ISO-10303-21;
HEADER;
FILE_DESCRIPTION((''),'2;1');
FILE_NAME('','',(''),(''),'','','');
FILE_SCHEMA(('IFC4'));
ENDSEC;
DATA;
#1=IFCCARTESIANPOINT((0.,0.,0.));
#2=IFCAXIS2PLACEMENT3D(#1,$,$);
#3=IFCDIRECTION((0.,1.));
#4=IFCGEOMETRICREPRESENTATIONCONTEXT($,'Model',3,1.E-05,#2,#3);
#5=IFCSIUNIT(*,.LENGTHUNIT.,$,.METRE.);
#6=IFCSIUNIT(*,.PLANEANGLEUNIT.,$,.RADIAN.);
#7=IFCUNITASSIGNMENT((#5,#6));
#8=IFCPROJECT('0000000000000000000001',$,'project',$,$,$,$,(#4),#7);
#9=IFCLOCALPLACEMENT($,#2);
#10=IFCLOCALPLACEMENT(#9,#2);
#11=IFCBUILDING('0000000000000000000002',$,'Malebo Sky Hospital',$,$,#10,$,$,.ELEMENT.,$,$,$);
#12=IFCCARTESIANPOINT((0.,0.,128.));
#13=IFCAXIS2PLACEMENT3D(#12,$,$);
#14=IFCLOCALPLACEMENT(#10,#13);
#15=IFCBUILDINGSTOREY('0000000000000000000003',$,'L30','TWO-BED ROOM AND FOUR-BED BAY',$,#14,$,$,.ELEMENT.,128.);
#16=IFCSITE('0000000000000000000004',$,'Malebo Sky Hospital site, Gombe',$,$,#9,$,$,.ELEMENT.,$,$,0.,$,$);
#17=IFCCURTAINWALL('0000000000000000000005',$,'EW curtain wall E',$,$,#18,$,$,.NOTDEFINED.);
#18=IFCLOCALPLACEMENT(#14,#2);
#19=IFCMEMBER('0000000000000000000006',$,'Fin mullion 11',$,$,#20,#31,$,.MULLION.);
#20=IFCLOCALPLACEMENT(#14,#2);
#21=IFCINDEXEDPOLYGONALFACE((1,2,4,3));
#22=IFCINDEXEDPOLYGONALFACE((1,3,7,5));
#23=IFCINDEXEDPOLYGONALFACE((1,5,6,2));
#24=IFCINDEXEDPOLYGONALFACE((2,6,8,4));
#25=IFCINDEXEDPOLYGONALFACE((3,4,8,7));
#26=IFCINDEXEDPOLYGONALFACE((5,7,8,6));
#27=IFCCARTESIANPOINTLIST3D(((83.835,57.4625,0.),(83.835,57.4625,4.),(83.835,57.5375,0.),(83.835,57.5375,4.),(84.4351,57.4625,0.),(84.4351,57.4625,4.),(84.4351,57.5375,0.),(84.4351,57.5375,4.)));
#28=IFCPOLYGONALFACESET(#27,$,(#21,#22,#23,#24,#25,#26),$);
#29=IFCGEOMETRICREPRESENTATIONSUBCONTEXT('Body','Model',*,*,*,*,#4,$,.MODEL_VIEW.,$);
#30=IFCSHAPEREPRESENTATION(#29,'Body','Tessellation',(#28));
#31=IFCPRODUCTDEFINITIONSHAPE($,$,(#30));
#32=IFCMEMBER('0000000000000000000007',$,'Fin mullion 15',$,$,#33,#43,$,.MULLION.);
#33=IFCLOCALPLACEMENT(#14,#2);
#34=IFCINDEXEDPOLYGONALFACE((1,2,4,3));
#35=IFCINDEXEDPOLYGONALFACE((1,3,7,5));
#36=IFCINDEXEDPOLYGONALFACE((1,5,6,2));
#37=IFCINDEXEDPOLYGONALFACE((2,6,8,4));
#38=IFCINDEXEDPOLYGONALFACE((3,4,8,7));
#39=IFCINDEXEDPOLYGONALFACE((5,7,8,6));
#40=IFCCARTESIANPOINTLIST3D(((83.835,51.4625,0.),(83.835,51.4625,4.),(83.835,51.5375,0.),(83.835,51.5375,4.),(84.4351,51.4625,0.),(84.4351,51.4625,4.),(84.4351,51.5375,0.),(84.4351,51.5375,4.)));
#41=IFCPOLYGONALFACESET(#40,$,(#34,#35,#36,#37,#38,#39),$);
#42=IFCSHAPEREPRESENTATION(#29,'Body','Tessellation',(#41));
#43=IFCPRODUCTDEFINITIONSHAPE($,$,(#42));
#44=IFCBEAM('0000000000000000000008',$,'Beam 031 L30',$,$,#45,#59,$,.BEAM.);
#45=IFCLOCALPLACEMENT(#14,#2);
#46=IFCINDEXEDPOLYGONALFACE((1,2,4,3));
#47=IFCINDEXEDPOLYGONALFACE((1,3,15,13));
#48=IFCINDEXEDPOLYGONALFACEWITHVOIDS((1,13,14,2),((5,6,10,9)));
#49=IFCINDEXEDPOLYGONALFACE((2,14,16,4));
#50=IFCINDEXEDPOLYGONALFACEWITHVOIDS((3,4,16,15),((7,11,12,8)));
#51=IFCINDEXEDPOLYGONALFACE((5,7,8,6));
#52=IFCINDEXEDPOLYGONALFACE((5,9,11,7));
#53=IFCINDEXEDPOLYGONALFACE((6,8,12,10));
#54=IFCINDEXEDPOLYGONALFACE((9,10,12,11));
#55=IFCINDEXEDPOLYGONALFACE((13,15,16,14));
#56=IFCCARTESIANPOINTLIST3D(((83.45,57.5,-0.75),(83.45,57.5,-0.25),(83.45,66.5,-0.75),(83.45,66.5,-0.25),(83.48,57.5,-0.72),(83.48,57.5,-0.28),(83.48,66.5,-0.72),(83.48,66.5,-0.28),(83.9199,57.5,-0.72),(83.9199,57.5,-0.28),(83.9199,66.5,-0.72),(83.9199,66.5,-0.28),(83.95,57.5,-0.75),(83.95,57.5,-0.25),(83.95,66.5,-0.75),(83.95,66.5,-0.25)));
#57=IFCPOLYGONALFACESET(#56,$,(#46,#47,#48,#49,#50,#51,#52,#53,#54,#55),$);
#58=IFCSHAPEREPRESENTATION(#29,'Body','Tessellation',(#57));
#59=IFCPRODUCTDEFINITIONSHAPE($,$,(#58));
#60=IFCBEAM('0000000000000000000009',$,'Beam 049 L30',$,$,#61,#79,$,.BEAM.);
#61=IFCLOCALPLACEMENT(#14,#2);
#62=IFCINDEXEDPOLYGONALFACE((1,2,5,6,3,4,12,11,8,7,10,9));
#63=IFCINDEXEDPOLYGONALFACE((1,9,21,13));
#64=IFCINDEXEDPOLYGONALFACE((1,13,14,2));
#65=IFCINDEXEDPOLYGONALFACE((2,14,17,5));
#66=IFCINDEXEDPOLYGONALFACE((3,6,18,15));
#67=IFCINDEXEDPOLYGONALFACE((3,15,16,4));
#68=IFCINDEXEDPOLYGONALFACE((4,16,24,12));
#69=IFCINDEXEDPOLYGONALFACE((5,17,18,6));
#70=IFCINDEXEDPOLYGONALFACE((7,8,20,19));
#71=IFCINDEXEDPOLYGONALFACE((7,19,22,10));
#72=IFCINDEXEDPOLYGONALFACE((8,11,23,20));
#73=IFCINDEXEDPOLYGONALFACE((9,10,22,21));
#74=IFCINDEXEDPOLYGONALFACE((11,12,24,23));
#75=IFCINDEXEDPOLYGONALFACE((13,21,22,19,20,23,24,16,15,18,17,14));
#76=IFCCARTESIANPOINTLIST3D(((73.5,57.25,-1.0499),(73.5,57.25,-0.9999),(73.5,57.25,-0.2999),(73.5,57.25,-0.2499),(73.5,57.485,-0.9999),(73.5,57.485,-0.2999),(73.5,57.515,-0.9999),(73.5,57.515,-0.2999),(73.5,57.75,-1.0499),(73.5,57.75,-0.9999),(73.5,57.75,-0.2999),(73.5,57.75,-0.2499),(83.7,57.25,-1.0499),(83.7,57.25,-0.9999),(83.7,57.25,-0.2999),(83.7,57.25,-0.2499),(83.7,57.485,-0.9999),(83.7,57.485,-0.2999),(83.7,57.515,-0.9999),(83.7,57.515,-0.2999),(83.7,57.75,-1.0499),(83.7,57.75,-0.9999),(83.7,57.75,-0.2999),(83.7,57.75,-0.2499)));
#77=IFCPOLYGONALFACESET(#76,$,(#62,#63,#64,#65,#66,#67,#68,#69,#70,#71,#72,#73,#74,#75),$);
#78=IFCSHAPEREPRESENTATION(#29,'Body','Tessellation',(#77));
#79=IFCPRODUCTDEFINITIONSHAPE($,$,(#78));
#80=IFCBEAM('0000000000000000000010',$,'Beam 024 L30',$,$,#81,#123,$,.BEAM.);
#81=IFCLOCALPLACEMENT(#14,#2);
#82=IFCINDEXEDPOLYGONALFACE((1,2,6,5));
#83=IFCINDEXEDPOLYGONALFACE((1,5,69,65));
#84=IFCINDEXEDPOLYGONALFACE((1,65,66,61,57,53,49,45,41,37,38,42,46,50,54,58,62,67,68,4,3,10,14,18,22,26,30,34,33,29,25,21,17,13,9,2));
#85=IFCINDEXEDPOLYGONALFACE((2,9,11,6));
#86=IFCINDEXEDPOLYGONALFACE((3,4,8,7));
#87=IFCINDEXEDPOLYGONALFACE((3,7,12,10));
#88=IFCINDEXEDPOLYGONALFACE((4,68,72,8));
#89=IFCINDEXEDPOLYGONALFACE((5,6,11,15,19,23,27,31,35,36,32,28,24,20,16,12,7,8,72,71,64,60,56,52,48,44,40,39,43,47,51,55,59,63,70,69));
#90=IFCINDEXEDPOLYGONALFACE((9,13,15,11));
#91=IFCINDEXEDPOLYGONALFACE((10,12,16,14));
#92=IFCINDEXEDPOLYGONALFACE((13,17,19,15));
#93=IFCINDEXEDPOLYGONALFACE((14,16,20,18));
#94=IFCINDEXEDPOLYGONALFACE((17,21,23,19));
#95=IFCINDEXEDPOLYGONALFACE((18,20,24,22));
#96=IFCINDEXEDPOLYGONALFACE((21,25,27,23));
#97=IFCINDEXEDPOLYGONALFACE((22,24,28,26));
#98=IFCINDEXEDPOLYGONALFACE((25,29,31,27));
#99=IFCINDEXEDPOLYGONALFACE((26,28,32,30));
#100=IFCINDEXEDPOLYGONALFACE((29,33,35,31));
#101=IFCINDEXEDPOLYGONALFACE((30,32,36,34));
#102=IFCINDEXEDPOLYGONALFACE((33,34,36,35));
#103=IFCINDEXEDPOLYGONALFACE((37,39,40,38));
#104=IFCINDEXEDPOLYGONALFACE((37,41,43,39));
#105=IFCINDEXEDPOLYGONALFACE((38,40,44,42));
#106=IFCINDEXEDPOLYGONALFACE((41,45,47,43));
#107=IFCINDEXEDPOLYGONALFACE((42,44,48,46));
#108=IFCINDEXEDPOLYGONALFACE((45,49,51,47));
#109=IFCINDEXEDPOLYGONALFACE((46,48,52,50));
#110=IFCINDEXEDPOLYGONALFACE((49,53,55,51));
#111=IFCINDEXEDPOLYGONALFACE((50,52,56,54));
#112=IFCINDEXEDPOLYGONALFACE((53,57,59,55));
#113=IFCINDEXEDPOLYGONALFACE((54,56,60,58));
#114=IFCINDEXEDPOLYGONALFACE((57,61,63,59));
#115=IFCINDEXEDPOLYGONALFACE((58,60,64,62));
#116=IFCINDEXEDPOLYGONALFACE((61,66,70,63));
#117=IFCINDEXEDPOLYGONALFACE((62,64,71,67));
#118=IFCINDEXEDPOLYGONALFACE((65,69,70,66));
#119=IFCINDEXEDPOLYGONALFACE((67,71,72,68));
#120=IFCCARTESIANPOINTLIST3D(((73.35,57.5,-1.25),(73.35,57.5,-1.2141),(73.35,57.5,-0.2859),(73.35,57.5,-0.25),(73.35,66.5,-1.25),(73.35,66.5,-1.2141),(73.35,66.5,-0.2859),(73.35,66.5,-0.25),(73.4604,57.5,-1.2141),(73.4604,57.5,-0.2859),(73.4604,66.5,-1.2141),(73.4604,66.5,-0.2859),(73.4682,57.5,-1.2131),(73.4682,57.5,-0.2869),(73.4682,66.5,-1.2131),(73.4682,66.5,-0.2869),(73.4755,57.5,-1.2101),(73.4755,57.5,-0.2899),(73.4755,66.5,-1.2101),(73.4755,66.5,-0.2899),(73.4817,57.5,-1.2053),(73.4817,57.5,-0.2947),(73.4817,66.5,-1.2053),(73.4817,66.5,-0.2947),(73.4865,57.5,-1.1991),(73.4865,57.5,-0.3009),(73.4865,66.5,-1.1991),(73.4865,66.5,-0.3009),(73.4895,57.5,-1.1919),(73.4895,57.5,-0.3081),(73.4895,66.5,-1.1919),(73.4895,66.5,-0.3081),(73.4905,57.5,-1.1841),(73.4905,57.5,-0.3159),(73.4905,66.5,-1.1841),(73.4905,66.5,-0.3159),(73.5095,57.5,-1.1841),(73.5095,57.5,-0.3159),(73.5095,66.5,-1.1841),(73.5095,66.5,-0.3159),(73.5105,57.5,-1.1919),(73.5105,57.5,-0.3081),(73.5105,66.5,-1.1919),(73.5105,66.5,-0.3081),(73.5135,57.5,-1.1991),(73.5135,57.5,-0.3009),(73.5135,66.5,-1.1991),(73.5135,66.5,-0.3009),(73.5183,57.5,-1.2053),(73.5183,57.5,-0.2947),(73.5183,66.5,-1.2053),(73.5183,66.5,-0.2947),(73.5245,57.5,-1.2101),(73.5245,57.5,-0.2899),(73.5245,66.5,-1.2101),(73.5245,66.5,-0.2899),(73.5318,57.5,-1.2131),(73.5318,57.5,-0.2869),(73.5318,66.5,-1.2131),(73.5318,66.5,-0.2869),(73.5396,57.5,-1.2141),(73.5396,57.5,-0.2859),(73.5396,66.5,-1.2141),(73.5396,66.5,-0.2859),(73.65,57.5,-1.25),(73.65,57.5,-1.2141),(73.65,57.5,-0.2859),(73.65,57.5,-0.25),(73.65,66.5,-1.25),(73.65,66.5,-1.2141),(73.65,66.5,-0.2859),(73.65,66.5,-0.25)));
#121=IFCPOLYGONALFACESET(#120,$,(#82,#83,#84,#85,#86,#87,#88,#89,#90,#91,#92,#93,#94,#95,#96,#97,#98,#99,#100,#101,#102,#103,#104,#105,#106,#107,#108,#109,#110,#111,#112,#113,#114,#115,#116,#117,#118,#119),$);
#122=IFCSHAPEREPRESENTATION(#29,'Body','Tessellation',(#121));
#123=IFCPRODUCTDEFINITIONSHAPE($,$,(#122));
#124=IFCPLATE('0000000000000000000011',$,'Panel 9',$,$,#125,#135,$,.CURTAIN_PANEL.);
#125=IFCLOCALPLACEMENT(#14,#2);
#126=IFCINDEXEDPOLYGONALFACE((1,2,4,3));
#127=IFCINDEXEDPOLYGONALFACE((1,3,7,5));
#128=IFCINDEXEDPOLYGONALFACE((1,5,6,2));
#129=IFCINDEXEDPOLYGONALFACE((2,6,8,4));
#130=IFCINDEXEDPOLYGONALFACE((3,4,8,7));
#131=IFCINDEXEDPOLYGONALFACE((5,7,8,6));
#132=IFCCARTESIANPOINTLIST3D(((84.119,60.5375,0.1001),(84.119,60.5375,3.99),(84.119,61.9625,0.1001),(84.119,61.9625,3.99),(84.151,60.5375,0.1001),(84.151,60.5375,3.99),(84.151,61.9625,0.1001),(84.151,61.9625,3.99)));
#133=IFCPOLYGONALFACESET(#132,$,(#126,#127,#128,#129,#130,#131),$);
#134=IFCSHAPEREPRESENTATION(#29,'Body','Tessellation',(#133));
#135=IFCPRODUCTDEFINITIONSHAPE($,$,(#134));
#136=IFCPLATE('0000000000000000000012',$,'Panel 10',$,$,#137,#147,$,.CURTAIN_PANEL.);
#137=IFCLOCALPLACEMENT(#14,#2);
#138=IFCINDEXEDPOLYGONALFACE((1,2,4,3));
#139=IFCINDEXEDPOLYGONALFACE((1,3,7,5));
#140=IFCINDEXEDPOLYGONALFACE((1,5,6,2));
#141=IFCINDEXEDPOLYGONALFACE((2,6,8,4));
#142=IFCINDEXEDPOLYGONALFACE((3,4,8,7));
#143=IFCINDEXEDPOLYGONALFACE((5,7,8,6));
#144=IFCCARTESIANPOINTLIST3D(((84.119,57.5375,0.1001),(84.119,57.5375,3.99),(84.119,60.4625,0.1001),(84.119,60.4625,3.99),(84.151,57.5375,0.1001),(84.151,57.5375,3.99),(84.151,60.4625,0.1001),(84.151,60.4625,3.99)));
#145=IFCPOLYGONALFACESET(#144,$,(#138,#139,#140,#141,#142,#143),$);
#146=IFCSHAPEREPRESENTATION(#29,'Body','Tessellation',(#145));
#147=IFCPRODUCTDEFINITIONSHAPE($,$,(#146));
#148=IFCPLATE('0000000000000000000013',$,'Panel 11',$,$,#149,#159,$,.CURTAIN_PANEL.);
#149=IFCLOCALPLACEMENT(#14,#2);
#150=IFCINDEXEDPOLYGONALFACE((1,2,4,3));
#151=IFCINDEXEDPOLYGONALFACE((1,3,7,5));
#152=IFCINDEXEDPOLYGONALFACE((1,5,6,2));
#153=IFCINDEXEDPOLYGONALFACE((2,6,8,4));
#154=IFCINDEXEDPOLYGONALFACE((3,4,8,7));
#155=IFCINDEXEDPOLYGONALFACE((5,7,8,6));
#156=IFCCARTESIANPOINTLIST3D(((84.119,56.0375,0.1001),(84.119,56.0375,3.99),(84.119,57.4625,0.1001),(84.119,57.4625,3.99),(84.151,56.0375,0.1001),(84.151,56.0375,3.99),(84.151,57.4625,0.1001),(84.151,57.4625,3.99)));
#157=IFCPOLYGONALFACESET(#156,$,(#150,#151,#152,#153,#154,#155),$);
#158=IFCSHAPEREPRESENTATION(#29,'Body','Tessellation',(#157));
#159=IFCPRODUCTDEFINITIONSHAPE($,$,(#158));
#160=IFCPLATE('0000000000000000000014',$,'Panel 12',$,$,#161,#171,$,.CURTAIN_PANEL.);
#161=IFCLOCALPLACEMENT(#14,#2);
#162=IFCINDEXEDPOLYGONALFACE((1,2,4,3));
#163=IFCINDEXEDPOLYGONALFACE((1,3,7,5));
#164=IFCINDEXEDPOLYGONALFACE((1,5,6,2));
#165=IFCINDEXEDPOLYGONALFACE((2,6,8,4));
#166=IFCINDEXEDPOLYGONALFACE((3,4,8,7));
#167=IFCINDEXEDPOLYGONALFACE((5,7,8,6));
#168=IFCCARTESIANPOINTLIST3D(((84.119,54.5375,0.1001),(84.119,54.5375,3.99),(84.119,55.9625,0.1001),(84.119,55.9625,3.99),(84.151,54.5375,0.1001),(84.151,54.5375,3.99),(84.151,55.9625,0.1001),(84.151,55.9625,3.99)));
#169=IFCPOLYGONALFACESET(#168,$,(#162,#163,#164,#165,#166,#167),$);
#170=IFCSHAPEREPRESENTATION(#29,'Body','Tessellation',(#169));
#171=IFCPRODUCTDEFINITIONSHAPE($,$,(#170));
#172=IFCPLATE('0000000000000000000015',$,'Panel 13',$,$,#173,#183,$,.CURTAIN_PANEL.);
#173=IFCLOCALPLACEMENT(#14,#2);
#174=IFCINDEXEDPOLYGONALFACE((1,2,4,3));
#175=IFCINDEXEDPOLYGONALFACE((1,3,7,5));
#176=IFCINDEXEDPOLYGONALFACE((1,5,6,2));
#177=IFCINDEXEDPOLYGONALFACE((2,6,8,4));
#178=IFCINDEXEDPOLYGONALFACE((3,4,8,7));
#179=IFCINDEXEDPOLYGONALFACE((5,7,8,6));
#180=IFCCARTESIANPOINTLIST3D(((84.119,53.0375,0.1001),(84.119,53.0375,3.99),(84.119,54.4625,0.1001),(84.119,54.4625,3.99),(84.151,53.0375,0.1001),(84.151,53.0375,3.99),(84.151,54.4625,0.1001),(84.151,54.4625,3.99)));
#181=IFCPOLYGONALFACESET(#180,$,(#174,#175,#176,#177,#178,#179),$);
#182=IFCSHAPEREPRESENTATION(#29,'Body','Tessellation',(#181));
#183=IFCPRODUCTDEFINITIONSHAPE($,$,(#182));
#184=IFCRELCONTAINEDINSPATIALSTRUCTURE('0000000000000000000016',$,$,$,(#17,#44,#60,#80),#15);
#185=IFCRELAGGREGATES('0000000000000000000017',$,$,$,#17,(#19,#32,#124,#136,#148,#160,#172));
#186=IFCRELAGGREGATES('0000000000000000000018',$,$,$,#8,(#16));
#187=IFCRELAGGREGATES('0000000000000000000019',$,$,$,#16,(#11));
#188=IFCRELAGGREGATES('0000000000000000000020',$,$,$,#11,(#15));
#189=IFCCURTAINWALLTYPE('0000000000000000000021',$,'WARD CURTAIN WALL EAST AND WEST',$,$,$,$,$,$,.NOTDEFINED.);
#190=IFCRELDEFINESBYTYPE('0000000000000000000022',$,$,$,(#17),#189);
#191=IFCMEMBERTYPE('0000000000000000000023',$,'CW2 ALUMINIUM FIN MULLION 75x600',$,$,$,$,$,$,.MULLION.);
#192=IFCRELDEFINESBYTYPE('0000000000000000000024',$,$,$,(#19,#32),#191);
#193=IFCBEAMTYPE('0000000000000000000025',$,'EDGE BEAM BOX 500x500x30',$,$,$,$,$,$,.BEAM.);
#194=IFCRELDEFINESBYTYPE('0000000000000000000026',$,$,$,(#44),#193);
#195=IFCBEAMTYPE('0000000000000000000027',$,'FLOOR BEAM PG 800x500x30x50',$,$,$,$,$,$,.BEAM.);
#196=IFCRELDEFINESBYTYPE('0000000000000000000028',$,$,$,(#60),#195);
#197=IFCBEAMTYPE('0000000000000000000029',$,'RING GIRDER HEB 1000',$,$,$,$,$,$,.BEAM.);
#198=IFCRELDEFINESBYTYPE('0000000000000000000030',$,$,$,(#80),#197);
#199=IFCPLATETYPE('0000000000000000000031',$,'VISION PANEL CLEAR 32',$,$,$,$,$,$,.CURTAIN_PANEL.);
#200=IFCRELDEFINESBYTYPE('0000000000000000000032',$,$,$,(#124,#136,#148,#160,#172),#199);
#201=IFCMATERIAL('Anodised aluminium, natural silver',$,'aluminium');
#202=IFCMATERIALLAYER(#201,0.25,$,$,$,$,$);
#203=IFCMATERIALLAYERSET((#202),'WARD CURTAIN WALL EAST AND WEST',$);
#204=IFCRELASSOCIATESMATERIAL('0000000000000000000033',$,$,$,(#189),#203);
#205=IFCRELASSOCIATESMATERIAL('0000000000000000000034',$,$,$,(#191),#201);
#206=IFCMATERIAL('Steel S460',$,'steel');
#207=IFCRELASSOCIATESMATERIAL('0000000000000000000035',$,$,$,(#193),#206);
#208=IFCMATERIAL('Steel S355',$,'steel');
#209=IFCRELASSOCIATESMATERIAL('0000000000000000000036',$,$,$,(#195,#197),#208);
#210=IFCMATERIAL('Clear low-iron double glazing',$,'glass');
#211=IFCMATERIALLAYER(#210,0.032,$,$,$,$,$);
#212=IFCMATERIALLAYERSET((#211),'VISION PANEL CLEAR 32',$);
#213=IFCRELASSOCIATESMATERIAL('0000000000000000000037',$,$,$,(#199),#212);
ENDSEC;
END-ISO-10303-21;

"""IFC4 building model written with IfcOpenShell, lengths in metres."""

from ifc_helpers import new_model, si_unit, direction, frame, origin, origin_2d, place, context, subcontext, project, spatial, rectangle, hollow_rectangle, i_section, extrude, material, layer, layer_set, material_profile, profile_set, type_object, element, aggregate, save


model = new_model("IFC4")

# Units and contexts
model_context = context("Model", 3, precision=1e-05, world=origin(), true_north=direction((0.0, 1.0)))
body_context = subcontext(model_context, "Body", "Model", "MODEL_VIEW")
ifc_project = project(units=[si_unit("LENGTHUNIT", "METRE"), si_unit("PLANEANGLEUNIT", "RADIAN")], contexts=[model_context])

# Site, building, storey
site_placement = place(None, origin())
site = spatial("IfcSite", under=ifc_project, at=site_placement, Name="Malebo Sky Hospital site, Gombe", CompositionType="ELEMENT", RefElevation=0.0)
building_placement = place(site_placement, origin())
building = spatial("IfcBuilding", under=site, at=building_placement, Name="Malebo Sky Hospital", CompositionType="ELEMENT")
storey_placement = place(building_placement, frame((0.0, 0.0, 128.0)))
storey = spatial("IfcBuildingStorey", under=building, at=storey_placement, Name="L30", Description="TWO-BED ROOM AND FOUR-BED BAY", CompositionType="ELEMENT", Elevation=128.0)

# Shared definitions
ifc_material_1 = material(Name="Steel S460", Category="steel")

# Curtain wall
ifc_material_2 = material(Name="Anodised aluminium, natural silver", Category="aluminium")
ifc_layer_1 = layer(ifc_material_2, 0.25)
ifc_layer_set_1 = layer_set([ifc_layer_1], Name="WARD CURTAIN WALL EAST AND WEST")
curtain_wall_type = type_object("IfcCurtainWallType", Name="WARD CURTAIN WALL EAST AND WEST", PredefinedType="NOTDEFINED", material=ifc_layer_set_1)
curtain_wall_placement = place(storey_placement, origin())
curtain_wall = element("IfcCurtainWall", 1, at=curtain_wall_placement, inside=storey, type_object=curtain_wall_type, Name="EW curtain wall E", PredefinedType="NOTDEFINED")

# Members
ifc_material_3 = material(Name="Steel S355", Category="steel")
ifc_material_profile_1 = material_profile(ifc_material_2, rectangle(XDim=0.075, YDim=0.6001, at=origin_2d()), Name="CW2 ALUMINIUM FIN MULLION 75x600")
ifc_profile_set_1 = profile_set([ifc_material_profile_1], Name="Anodised aluminium, natural silver")
member_type_1 = type_object("IfcMemberType", Name="CW2 ALUMINIUM FIN MULLION 75x600", PredefinedType="MULLION", material=ifc_profile_set_1)
member_1_placement = place(storey_placement, frame((84.135, 57.5, 0.0), z_axis=(0.0, 0.0, 1.0), x_axis=(0.0, -1.0, 0.0)))
member_1 = element("IfcMember", 2, at=member_1_placement, type_object=member_type_1, Name="Fin mullion 11", PredefinedType="MULLION", context=body_context, shape_type="SweptSolid", body=[
    extrude(rectangle(XDim=0.075, YDim=0.6001, at=origin_2d()), origin(), (0.0, 0.0, 1.0), 4.0),
])
member_2_placement = place(storey_placement, frame((84.135, 51.5, 0.0), z_axis=(0.0, 0.0, 1.0), x_axis=(0.0, -1.0, 0.0)))
member_2 = element("IfcMember", 3, at=member_2_placement, type_object=member_type_1, Name="Fin mullion 15", PredefinedType="MULLION", context=body_context, shape_type="SweptSolid", body=[
    extrude(rectangle(XDim=0.075, YDim=0.6001, at=origin_2d()), origin(), (0.0, 0.0, 1.0), 4.0),
])

# Beams
ifc_material_profile_2 = material_profile(ifc_material_1, hollow_rectangle(XDim=0.5, YDim=0.5, WallThickness=0.03, at=origin_2d()), Name="BOX 500x500x30")
ifc_profile_set_2 = profile_set([ifc_material_profile_2], Name="Steel S460")
beam_type_1 = type_object("IfcBeamType", Name="EDGE BEAM BOX 500x500x30", PredefinedType="BEAM", material=ifc_profile_set_2)
beam_1_placement = place(storey_placement, frame((83.7, 57.5, -0.5), z_axis=(0.0, 1.0, 0.0), x_axis=(-1.0, 0.0, 0.0)))
element("IfcBeam", 4, at=beam_1_placement, inside=storey, type_object=beam_type_1, Name="Beam 031 L30", PredefinedType="BEAM", context=body_context, shape_type="SweptSolid", body=[
    extrude(hollow_rectangle(XDim=0.5, YDim=0.5, WallThickness=0.03, at=origin_2d()), origin(), (0.0, 0.0, 1.0), 9.0),
])
ifc_material_profile_3 = material_profile(ifc_material_3, i_section(OverallWidth=0.5, OverallDepth=0.8, WebThickness=0.03, FlangeThickness=0.05, at=origin_2d()), Name="PG 800x500x30x50")
ifc_profile_set_3 = profile_set([ifc_material_profile_3], Name="Steel S355")
beam_type_2 = type_object("IfcBeamType", Name="FLOOR BEAM PG 800x500x30x50", PredefinedType="BEAM", material=ifc_profile_set_3)
beam_2_placement = place(storey_placement, frame((73.5, 57.5, -0.6499), z_axis=(1.0, 0.0, 0.0), x_axis=(0.0, 1.0, 0.0)))
element("IfcBeam", 5, at=beam_2_placement, inside=storey, type_object=beam_type_2, Name="Beam 049 L30", PredefinedType="BEAM", context=body_context, shape_type="SweptSolid", body=[
    extrude(i_section(OverallWidth=0.5, OverallDepth=0.8, WebThickness=0.03, FlangeThickness=0.05, at=origin_2d()), origin(), (0.0, 0.0, 1.0), 10.2),
])
ifc_material_profile_4 = material_profile(ifc_material_3, i_section(OverallWidth=0.3, OverallDepth=1.0, WebThickness=0.019, FlangeThickness=0.0359, FilletRadius=0.03, at=origin_2d()), Name="HEB 1000")
ifc_profile_set_4 = profile_set([ifc_material_profile_4], Name="Steel S355")
beam_type_3 = type_object("IfcBeamType", Name="RING GIRDER HEB 1000", PredefinedType="BEAM", material=ifc_profile_set_4)
beam_3_placement = place(storey_placement, frame((73.5, 57.5, -0.75), z_axis=(0.0, 1.0, 0.0), x_axis=(-1.0, 0.0, 0.0)))
element("IfcBeam", 6, at=beam_3_placement, inside=storey, type_object=beam_type_3, Name="Beam 024 L30", PredefinedType="BEAM", context=body_context, shape_type="SweptSolid", body=[
    extrude(i_section(OverallWidth=0.3, OverallDepth=1.0, WebThickness=0.019, FlangeThickness=0.0359, FilletRadius=0.03, at=origin_2d()), origin(), (0.0, 0.0, 1.0), 9.0),
])

# Plates
ifc_material_4 = material(Name="Clear low-iron double glazing", Category="glass")
ifc_layer_2 = layer(ifc_material_4, 0.032)
ifc_layer_set_2 = layer_set([ifc_layer_2], Name="VISION PANEL CLEAR 32")
plate_type = type_object("IfcPlateType", Name="VISION PANEL CLEAR 32", PredefinedType="CURTAIN_PANEL", material=ifc_layer_set_2)
plate_1_placement = place(storey_placement, frame((84.135, 61.25, 0.1001), z_axis=(0.0, 0.0, 1.0), x_axis=(0.0, -1.0, 0.0)))
plate_1 = element("IfcPlate", 7, at=plate_1_placement, type_object=plate_type, Name="Panel 9", PredefinedType="CURTAIN_PANEL", context=body_context, shape_type="SweptSolid", body=[
    extrude(rectangle(XDim=1.425, YDim=0.032, at=origin_2d()), origin(), (0.0, 0.0, 1.0), 3.8899),
])
plate_2_placement = place(storey_placement, frame((84.135, 59.0, 0.1001), z_axis=(0.0, 0.0, 1.0), x_axis=(0.0, -1.0, 0.0)))
plate_2 = element("IfcPlate", 8, at=plate_2_placement, type_object=plate_type, Name="Panel 10", PredefinedType="CURTAIN_PANEL", context=body_context, shape_type="SweptSolid", body=[
    extrude(rectangle(XDim=2.925, YDim=0.032, at=origin_2d()), origin(), (0.0, 0.0, 1.0), 3.8899),
])
plate_3_placement = place(storey_placement, frame((84.135, 56.75, 0.1001), z_axis=(0.0, 0.0, 1.0), x_axis=(0.0, -1.0, 0.0)))
plate_3 = element("IfcPlate", 9, at=plate_3_placement, type_object=plate_type, Name="Panel 11", PredefinedType="CURTAIN_PANEL", context=body_context, shape_type="SweptSolid", body=[
    extrude(rectangle(XDim=1.425, YDim=0.032, at=origin_2d()), origin(), (0.0, 0.0, 1.0), 3.8899),
])
plate_4_placement = place(storey_placement, frame((84.135, 55.25, 0.1001), z_axis=(0.0, 0.0, 1.0), x_axis=(0.0, -1.0, 0.0)))
plate_4 = element("IfcPlate", 10, at=plate_4_placement, type_object=plate_type, Name="Panel 12", PredefinedType="CURTAIN_PANEL", context=body_context, shape_type="SweptSolid", body=[
    extrude(rectangle(XDim=1.425, YDim=0.032, at=origin_2d()), origin(), (0.0, 0.0, 1.0), 3.8899),
])
plate_5_placement = place(storey_placement, frame((84.135, 53.75, 0.1001), z_axis=(0.0, 0.0, 1.0), x_axis=(0.0, -1.0, 0.0)))
plate_5 = element("IfcPlate", 11, at=plate_5_placement, type_object=plate_type, Name="Panel 13", PredefinedType="CURTAIN_PANEL", context=body_context, shape_type="SweptSolid", body=[
    extrude(rectangle(XDim=1.425, YDim=0.032, at=origin_2d()), origin(), (0.0, 0.0, 1.0), 3.8899),
])
aggregate(curtain_wall, [member_1, member_2, plate_1, plate_2, plate_3, plate_4, plate_5])

save(model, "model.ifc")
